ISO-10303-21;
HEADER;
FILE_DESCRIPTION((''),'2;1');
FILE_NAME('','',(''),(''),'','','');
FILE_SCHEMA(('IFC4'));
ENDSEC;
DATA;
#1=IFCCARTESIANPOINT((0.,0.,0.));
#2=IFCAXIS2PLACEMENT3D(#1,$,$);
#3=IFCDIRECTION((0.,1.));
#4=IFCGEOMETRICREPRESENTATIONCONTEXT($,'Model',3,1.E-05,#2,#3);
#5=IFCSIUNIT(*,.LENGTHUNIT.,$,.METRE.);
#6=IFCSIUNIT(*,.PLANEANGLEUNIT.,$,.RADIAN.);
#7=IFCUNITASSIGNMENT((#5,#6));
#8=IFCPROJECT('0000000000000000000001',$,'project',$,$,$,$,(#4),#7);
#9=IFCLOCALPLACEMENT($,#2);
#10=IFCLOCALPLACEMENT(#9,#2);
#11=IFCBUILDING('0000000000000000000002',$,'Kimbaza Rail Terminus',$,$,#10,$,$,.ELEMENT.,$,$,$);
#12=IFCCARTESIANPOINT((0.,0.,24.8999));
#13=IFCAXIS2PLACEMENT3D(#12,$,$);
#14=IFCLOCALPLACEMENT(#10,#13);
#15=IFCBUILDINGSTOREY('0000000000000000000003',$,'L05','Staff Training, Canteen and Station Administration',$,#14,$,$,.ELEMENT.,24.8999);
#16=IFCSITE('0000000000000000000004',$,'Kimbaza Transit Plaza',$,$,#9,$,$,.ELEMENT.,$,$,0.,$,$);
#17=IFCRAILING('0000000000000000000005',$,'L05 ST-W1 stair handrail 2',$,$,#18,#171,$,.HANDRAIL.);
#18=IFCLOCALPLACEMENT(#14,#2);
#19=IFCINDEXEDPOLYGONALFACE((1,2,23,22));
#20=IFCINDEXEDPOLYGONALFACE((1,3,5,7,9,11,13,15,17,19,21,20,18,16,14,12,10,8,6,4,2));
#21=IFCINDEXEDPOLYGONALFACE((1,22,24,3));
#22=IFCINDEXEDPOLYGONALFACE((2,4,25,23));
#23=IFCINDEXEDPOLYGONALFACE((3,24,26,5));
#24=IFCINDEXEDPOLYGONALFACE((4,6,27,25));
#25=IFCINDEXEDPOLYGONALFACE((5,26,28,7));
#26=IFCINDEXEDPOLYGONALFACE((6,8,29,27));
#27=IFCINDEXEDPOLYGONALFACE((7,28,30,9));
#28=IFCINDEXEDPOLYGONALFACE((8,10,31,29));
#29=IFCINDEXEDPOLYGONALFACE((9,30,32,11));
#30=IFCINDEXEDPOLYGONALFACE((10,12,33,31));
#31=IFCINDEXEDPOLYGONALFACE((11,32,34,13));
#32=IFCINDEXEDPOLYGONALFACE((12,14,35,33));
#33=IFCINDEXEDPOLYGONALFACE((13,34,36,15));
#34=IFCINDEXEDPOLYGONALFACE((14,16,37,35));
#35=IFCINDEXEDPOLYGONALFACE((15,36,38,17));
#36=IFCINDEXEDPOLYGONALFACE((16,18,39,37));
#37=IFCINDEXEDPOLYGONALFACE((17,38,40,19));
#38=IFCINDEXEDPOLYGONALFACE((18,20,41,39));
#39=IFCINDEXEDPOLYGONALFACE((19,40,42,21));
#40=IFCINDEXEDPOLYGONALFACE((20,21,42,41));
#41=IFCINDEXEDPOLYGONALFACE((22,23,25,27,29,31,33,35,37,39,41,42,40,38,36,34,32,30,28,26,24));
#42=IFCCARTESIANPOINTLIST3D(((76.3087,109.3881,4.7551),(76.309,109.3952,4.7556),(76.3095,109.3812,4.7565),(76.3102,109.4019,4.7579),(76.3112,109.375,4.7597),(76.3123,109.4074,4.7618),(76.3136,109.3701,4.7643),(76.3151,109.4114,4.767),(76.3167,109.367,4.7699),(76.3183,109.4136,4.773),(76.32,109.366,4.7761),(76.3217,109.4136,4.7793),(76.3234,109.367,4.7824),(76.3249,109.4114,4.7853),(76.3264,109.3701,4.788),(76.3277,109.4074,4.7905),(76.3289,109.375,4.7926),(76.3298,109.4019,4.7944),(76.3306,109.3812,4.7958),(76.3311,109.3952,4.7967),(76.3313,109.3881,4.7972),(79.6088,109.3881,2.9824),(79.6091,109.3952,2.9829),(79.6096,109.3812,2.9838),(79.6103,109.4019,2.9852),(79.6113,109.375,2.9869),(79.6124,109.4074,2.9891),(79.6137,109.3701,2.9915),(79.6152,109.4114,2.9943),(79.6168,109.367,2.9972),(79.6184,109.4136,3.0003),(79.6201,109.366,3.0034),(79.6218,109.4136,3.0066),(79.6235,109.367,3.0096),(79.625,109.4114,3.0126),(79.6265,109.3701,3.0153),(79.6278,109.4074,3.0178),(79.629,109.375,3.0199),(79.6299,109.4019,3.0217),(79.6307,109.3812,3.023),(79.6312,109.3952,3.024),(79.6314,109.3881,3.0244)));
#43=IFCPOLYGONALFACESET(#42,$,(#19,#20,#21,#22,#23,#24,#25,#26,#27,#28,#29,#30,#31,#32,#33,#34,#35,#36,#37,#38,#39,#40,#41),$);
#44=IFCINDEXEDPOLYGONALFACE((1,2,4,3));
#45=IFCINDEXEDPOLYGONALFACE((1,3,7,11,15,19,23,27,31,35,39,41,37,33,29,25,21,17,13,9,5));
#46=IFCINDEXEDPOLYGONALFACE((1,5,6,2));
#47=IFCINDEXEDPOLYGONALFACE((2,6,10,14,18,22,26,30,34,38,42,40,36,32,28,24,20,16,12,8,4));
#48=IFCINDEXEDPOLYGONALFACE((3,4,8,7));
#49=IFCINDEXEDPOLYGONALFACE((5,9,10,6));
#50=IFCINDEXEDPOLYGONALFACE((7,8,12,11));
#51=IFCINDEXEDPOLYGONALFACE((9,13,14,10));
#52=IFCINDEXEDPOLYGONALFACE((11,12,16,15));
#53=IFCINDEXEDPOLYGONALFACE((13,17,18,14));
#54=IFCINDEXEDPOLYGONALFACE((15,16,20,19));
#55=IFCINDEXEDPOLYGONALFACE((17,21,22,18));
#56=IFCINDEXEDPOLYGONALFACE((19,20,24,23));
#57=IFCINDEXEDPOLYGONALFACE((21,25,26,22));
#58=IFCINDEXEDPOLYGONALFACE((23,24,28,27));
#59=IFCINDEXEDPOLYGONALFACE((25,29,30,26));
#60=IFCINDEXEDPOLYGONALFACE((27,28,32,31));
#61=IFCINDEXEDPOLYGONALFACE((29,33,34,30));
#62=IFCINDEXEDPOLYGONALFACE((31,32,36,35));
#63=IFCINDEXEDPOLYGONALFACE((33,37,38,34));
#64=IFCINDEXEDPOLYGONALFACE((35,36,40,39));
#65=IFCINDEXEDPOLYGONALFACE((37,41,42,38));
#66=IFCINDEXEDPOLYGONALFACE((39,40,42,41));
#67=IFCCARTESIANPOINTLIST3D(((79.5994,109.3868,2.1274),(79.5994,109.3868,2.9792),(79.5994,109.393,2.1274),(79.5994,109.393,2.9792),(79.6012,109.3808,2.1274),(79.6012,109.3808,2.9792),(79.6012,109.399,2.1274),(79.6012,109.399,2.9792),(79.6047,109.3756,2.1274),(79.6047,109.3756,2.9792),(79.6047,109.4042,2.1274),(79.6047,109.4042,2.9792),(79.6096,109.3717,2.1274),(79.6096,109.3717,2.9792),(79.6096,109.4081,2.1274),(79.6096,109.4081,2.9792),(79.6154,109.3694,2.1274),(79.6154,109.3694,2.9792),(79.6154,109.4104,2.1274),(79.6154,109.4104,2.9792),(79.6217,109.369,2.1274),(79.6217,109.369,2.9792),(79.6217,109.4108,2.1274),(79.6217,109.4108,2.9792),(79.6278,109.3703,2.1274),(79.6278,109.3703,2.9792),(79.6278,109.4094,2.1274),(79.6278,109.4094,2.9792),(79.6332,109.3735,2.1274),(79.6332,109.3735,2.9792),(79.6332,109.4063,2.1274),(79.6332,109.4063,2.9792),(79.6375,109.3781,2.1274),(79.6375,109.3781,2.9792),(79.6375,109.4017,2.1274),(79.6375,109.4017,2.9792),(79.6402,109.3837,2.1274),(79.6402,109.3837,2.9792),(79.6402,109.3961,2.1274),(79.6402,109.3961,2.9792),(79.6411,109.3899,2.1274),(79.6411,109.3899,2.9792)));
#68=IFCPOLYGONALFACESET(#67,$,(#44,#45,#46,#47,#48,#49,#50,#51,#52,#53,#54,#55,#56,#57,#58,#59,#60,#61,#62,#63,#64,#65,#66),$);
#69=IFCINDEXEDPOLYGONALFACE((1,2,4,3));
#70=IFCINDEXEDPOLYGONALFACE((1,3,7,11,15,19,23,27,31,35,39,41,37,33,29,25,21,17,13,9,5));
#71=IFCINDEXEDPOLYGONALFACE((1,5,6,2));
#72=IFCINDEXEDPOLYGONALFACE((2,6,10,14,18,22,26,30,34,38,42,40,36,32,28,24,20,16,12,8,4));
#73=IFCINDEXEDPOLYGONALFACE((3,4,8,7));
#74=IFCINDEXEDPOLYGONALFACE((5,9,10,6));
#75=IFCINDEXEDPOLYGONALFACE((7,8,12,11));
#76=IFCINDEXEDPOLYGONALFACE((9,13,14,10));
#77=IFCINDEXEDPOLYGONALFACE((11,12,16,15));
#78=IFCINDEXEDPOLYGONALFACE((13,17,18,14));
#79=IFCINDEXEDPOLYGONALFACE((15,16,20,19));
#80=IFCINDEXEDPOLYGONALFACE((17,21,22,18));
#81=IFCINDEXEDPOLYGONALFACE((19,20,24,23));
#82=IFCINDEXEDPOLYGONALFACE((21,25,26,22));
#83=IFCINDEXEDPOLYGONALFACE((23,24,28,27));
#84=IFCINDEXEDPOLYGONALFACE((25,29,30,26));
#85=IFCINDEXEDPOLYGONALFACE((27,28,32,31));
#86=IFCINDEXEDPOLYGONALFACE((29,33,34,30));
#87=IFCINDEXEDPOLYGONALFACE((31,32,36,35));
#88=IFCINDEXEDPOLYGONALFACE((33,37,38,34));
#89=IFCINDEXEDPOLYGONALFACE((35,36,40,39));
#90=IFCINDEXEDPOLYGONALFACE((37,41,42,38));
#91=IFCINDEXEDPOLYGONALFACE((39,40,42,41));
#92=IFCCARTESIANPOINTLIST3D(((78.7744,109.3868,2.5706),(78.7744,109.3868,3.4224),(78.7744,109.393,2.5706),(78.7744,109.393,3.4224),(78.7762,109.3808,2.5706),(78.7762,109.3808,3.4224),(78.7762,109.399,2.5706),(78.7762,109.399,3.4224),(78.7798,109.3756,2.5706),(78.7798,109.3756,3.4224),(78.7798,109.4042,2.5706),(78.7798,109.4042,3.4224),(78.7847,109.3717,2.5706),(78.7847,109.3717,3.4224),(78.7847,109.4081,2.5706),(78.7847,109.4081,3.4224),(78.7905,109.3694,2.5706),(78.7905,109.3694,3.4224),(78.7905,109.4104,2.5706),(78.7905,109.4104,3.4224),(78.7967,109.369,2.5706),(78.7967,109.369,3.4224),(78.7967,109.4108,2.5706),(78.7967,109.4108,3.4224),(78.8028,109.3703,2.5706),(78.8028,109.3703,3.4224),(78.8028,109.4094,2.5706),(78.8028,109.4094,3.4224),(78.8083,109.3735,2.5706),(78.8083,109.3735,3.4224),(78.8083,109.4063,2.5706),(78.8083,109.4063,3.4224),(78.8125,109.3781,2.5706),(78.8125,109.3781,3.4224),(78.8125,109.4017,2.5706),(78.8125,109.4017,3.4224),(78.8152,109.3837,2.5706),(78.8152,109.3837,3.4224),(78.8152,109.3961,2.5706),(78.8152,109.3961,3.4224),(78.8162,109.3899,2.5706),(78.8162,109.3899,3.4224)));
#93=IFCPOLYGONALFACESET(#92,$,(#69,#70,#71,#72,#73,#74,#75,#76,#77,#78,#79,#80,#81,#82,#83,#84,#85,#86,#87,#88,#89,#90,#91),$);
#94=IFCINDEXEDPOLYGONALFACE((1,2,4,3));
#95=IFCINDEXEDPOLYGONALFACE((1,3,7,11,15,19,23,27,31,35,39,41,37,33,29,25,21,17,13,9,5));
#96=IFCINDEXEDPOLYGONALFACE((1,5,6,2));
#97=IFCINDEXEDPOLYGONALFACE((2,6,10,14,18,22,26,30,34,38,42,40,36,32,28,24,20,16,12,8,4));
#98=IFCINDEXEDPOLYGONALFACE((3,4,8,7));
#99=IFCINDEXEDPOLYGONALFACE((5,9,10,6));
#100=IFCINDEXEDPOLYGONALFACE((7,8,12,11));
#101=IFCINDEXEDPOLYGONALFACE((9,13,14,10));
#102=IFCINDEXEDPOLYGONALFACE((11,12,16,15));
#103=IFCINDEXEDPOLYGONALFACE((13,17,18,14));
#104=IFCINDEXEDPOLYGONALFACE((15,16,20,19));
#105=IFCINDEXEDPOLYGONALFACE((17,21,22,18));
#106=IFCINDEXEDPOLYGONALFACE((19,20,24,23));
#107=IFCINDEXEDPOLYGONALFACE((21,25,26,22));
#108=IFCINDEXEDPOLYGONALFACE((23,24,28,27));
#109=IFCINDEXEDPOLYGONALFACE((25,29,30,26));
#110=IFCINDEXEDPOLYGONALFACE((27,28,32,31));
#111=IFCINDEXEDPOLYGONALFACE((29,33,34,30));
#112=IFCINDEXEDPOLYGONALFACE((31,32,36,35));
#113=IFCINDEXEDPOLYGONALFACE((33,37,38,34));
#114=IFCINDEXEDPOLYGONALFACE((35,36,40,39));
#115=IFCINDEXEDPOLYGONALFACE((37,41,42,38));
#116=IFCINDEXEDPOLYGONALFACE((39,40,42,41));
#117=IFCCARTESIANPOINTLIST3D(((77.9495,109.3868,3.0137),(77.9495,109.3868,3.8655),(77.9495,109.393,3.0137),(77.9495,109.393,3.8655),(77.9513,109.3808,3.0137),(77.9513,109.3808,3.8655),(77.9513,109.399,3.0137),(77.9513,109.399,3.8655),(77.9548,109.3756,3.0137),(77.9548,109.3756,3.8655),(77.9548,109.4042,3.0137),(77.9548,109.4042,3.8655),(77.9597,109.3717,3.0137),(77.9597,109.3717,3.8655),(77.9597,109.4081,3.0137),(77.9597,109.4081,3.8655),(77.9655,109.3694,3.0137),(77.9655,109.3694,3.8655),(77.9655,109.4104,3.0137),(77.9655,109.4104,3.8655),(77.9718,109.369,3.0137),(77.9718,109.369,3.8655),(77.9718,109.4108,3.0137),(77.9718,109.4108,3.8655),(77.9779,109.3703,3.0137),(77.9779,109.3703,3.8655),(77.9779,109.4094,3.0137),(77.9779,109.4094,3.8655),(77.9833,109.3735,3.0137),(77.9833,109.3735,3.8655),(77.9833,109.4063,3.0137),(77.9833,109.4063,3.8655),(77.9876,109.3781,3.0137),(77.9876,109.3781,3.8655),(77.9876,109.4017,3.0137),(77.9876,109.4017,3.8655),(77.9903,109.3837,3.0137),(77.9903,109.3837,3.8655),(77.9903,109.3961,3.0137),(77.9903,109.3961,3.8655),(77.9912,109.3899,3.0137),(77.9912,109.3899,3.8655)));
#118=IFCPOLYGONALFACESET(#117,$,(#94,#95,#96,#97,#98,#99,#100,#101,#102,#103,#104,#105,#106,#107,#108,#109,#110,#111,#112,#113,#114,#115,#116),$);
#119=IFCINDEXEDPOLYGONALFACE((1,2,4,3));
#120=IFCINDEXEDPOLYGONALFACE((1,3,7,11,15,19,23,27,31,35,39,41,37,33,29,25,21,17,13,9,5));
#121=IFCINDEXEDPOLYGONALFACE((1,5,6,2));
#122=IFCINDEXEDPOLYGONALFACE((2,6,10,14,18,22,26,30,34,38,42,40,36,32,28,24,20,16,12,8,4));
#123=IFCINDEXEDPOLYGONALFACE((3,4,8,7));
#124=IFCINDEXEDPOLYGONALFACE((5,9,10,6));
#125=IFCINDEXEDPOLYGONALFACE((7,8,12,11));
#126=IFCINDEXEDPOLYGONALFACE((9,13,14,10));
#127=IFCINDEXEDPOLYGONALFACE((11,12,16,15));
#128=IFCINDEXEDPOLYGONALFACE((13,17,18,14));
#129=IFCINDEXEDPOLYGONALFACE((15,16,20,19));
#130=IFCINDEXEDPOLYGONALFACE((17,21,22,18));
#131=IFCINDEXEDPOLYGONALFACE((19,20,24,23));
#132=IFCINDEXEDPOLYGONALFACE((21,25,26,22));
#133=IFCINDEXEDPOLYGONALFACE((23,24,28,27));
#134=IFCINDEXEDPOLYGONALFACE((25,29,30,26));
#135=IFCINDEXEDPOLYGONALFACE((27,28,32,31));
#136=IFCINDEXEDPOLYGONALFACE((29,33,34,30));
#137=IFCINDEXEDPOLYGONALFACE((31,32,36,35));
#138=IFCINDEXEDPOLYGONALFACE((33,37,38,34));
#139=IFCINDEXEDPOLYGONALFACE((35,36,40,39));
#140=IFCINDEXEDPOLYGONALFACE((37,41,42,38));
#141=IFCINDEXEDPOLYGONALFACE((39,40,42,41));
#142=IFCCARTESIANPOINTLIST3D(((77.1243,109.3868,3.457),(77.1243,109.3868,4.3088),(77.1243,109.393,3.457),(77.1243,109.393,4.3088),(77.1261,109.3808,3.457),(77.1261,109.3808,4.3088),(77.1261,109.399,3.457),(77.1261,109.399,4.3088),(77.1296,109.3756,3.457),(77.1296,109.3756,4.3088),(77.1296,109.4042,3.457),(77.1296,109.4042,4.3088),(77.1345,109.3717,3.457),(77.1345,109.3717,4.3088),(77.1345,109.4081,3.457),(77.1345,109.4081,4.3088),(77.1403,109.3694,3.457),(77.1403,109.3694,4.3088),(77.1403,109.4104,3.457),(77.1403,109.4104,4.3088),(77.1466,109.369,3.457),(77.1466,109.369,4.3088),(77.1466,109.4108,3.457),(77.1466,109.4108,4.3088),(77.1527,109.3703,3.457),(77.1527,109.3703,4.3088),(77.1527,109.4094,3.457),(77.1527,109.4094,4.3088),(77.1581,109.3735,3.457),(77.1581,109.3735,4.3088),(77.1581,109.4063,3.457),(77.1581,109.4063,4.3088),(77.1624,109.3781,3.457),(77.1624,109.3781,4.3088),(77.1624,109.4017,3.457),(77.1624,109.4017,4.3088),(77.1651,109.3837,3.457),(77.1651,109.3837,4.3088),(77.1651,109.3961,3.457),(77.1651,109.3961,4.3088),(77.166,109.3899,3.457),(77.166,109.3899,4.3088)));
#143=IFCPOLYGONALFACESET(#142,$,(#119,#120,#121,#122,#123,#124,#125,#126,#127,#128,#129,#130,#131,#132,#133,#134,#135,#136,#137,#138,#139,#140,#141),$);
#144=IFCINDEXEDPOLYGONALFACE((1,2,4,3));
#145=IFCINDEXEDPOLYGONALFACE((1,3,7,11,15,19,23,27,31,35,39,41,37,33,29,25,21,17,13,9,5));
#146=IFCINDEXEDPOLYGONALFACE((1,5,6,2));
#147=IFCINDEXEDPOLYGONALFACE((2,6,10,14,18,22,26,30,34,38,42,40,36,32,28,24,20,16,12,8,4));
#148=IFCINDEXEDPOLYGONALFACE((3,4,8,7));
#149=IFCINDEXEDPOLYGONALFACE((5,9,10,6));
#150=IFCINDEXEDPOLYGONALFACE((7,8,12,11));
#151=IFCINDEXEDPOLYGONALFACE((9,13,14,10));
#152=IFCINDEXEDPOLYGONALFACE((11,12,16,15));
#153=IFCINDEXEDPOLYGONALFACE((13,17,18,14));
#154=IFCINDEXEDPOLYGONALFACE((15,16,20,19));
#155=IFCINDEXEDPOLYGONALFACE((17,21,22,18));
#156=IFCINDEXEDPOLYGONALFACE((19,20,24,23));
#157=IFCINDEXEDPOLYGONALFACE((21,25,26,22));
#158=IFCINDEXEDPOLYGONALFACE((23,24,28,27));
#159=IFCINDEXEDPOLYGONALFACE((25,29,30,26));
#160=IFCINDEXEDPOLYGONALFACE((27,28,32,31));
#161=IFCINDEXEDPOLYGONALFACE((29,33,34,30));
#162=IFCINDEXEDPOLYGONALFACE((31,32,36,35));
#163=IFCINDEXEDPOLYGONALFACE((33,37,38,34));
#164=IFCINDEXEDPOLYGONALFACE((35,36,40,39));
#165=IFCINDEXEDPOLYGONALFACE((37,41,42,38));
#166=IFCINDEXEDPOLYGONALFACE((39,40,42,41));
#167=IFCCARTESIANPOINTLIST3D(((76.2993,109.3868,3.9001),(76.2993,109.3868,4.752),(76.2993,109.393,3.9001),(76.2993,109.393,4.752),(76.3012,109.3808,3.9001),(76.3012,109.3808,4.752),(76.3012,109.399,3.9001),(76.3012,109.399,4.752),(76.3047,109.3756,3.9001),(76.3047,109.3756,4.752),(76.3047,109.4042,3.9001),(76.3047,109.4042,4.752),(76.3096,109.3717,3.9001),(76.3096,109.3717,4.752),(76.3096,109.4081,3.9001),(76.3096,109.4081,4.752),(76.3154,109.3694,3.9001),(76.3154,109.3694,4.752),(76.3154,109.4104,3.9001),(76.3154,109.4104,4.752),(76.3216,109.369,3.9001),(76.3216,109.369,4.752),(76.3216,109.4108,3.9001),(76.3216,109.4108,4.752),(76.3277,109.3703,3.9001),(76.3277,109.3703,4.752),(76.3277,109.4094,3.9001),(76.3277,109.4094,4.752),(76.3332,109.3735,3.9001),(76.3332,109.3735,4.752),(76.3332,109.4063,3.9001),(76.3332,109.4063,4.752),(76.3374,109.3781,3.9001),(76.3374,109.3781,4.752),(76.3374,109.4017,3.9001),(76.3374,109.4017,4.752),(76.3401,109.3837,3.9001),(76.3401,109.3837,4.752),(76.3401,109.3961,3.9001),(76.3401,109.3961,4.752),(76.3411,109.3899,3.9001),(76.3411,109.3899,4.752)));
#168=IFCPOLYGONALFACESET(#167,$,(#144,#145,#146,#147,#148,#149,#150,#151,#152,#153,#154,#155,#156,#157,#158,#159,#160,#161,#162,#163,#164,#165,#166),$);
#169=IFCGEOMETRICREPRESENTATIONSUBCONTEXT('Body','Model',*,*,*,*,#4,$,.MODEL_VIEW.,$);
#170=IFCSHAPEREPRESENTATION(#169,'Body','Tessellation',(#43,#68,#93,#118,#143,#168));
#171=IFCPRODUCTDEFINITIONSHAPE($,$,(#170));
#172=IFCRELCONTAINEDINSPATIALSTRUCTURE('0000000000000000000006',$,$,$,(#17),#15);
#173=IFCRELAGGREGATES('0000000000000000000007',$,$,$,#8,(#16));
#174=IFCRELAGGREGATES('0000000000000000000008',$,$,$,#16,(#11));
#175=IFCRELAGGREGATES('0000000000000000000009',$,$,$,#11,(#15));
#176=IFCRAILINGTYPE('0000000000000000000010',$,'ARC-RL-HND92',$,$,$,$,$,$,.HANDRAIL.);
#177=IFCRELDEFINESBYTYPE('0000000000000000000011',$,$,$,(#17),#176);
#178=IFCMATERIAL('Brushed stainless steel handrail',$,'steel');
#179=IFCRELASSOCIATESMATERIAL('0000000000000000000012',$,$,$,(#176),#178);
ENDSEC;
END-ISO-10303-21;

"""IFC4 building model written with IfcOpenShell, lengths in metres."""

from ifc_helpers import new_model, si_unit, direction, frame, origin, origin_2d, place, context, subcontext, project, spatial, circle, extrude, material, type_object, element, save


model = new_model("IFC4")

# Units and contexts
model_context = context("Model", 3, precision=1e-05, world=origin(), true_north=direction((0.0, 1.0)))
body_context = subcontext(model_context, "Body", "Model", "MODEL_VIEW")
ifc_project = project(units=[si_unit("LENGTHUNIT", "METRE"), si_unit("PLANEANGLEUNIT", "RADIAN")], contexts=[model_context])

# Site, building, storey
site_placement = place(None, origin())
site = spatial("IfcSite", under=ifc_project, at=site_placement, Name="Kimbaza Transit Plaza", CompositionType="ELEMENT", RefElevation=0.0)
building_placement = place(site_placement, origin())
building = spatial("IfcBuilding", under=site, at=building_placement, Name="Kimbaza Rail Terminus", CompositionType="ELEMENT")
storey_placement = place(building_placement, frame((0.0, 0.0, 24.8999)))
storey = spatial("IfcBuildingStorey", under=building, at=storey_placement, Name="L05", Description="Staff Training, Canteen and Station Administration", CompositionType="ELEMENT", Elevation=24.8999)

# Railing
ifc_material_1 = material(Name="Brushed stainless steel handrail", Category="steel")
railing_type_1 = type_object("IfcRailingType", Name="ARC-RL-HND92", PredefinedType="HANDRAIL", material=ifc_material_1)
railing_1_placement = place(storey_placement, frame((79.6201, 109.3899, 2.1274)))
element("IfcRailing", 1, at=railing_1_placement, inside=storey, type_object=railing_type_1, Name="L05 ST-W1 stair handrail 2", PredefinedType="HANDRAIL", context=body_context, shape_type="SweptSolid", body=[
    extrude(circle(Radius=0.0239, at=origin_2d()), frame((0.0, 0.0, 0.876), z_axis=(-0.880944, 0.0, 0.473221), x_axis=(0.0, -1.0, 0.0)), (0.0, 0.0, 1.0), 3.7461),
    extrude(circle(Radius=0.021, at=origin_2d()), origin(), (0.0, 0.0, 1.0), 0.8518),
    extrude(circle(Radius=0.021, at=origin_2d()), frame((-0.825, 0.0, 0.4431)), (0.0, 0.0, 1.0), 0.8518),
    extrude(circle(Radius=0.021, at=origin_2d()), frame((-1.6499, 0.0, 0.8862)), (0.0, 0.0, 1.0), 0.8518),
    extrude(circle(Radius=0.021, at=origin_2d()), frame((-2.4751, 0.0, 1.3296)), (0.0, 0.0, 1.0), 0.8518),
    extrude(circle(Radius=0.021, at=origin_2d()), frame((-3.3, 0.0, 1.7727)), (0.0, 0.0, 1.0), 0.8518),
])

save(model, "model.ifc")
